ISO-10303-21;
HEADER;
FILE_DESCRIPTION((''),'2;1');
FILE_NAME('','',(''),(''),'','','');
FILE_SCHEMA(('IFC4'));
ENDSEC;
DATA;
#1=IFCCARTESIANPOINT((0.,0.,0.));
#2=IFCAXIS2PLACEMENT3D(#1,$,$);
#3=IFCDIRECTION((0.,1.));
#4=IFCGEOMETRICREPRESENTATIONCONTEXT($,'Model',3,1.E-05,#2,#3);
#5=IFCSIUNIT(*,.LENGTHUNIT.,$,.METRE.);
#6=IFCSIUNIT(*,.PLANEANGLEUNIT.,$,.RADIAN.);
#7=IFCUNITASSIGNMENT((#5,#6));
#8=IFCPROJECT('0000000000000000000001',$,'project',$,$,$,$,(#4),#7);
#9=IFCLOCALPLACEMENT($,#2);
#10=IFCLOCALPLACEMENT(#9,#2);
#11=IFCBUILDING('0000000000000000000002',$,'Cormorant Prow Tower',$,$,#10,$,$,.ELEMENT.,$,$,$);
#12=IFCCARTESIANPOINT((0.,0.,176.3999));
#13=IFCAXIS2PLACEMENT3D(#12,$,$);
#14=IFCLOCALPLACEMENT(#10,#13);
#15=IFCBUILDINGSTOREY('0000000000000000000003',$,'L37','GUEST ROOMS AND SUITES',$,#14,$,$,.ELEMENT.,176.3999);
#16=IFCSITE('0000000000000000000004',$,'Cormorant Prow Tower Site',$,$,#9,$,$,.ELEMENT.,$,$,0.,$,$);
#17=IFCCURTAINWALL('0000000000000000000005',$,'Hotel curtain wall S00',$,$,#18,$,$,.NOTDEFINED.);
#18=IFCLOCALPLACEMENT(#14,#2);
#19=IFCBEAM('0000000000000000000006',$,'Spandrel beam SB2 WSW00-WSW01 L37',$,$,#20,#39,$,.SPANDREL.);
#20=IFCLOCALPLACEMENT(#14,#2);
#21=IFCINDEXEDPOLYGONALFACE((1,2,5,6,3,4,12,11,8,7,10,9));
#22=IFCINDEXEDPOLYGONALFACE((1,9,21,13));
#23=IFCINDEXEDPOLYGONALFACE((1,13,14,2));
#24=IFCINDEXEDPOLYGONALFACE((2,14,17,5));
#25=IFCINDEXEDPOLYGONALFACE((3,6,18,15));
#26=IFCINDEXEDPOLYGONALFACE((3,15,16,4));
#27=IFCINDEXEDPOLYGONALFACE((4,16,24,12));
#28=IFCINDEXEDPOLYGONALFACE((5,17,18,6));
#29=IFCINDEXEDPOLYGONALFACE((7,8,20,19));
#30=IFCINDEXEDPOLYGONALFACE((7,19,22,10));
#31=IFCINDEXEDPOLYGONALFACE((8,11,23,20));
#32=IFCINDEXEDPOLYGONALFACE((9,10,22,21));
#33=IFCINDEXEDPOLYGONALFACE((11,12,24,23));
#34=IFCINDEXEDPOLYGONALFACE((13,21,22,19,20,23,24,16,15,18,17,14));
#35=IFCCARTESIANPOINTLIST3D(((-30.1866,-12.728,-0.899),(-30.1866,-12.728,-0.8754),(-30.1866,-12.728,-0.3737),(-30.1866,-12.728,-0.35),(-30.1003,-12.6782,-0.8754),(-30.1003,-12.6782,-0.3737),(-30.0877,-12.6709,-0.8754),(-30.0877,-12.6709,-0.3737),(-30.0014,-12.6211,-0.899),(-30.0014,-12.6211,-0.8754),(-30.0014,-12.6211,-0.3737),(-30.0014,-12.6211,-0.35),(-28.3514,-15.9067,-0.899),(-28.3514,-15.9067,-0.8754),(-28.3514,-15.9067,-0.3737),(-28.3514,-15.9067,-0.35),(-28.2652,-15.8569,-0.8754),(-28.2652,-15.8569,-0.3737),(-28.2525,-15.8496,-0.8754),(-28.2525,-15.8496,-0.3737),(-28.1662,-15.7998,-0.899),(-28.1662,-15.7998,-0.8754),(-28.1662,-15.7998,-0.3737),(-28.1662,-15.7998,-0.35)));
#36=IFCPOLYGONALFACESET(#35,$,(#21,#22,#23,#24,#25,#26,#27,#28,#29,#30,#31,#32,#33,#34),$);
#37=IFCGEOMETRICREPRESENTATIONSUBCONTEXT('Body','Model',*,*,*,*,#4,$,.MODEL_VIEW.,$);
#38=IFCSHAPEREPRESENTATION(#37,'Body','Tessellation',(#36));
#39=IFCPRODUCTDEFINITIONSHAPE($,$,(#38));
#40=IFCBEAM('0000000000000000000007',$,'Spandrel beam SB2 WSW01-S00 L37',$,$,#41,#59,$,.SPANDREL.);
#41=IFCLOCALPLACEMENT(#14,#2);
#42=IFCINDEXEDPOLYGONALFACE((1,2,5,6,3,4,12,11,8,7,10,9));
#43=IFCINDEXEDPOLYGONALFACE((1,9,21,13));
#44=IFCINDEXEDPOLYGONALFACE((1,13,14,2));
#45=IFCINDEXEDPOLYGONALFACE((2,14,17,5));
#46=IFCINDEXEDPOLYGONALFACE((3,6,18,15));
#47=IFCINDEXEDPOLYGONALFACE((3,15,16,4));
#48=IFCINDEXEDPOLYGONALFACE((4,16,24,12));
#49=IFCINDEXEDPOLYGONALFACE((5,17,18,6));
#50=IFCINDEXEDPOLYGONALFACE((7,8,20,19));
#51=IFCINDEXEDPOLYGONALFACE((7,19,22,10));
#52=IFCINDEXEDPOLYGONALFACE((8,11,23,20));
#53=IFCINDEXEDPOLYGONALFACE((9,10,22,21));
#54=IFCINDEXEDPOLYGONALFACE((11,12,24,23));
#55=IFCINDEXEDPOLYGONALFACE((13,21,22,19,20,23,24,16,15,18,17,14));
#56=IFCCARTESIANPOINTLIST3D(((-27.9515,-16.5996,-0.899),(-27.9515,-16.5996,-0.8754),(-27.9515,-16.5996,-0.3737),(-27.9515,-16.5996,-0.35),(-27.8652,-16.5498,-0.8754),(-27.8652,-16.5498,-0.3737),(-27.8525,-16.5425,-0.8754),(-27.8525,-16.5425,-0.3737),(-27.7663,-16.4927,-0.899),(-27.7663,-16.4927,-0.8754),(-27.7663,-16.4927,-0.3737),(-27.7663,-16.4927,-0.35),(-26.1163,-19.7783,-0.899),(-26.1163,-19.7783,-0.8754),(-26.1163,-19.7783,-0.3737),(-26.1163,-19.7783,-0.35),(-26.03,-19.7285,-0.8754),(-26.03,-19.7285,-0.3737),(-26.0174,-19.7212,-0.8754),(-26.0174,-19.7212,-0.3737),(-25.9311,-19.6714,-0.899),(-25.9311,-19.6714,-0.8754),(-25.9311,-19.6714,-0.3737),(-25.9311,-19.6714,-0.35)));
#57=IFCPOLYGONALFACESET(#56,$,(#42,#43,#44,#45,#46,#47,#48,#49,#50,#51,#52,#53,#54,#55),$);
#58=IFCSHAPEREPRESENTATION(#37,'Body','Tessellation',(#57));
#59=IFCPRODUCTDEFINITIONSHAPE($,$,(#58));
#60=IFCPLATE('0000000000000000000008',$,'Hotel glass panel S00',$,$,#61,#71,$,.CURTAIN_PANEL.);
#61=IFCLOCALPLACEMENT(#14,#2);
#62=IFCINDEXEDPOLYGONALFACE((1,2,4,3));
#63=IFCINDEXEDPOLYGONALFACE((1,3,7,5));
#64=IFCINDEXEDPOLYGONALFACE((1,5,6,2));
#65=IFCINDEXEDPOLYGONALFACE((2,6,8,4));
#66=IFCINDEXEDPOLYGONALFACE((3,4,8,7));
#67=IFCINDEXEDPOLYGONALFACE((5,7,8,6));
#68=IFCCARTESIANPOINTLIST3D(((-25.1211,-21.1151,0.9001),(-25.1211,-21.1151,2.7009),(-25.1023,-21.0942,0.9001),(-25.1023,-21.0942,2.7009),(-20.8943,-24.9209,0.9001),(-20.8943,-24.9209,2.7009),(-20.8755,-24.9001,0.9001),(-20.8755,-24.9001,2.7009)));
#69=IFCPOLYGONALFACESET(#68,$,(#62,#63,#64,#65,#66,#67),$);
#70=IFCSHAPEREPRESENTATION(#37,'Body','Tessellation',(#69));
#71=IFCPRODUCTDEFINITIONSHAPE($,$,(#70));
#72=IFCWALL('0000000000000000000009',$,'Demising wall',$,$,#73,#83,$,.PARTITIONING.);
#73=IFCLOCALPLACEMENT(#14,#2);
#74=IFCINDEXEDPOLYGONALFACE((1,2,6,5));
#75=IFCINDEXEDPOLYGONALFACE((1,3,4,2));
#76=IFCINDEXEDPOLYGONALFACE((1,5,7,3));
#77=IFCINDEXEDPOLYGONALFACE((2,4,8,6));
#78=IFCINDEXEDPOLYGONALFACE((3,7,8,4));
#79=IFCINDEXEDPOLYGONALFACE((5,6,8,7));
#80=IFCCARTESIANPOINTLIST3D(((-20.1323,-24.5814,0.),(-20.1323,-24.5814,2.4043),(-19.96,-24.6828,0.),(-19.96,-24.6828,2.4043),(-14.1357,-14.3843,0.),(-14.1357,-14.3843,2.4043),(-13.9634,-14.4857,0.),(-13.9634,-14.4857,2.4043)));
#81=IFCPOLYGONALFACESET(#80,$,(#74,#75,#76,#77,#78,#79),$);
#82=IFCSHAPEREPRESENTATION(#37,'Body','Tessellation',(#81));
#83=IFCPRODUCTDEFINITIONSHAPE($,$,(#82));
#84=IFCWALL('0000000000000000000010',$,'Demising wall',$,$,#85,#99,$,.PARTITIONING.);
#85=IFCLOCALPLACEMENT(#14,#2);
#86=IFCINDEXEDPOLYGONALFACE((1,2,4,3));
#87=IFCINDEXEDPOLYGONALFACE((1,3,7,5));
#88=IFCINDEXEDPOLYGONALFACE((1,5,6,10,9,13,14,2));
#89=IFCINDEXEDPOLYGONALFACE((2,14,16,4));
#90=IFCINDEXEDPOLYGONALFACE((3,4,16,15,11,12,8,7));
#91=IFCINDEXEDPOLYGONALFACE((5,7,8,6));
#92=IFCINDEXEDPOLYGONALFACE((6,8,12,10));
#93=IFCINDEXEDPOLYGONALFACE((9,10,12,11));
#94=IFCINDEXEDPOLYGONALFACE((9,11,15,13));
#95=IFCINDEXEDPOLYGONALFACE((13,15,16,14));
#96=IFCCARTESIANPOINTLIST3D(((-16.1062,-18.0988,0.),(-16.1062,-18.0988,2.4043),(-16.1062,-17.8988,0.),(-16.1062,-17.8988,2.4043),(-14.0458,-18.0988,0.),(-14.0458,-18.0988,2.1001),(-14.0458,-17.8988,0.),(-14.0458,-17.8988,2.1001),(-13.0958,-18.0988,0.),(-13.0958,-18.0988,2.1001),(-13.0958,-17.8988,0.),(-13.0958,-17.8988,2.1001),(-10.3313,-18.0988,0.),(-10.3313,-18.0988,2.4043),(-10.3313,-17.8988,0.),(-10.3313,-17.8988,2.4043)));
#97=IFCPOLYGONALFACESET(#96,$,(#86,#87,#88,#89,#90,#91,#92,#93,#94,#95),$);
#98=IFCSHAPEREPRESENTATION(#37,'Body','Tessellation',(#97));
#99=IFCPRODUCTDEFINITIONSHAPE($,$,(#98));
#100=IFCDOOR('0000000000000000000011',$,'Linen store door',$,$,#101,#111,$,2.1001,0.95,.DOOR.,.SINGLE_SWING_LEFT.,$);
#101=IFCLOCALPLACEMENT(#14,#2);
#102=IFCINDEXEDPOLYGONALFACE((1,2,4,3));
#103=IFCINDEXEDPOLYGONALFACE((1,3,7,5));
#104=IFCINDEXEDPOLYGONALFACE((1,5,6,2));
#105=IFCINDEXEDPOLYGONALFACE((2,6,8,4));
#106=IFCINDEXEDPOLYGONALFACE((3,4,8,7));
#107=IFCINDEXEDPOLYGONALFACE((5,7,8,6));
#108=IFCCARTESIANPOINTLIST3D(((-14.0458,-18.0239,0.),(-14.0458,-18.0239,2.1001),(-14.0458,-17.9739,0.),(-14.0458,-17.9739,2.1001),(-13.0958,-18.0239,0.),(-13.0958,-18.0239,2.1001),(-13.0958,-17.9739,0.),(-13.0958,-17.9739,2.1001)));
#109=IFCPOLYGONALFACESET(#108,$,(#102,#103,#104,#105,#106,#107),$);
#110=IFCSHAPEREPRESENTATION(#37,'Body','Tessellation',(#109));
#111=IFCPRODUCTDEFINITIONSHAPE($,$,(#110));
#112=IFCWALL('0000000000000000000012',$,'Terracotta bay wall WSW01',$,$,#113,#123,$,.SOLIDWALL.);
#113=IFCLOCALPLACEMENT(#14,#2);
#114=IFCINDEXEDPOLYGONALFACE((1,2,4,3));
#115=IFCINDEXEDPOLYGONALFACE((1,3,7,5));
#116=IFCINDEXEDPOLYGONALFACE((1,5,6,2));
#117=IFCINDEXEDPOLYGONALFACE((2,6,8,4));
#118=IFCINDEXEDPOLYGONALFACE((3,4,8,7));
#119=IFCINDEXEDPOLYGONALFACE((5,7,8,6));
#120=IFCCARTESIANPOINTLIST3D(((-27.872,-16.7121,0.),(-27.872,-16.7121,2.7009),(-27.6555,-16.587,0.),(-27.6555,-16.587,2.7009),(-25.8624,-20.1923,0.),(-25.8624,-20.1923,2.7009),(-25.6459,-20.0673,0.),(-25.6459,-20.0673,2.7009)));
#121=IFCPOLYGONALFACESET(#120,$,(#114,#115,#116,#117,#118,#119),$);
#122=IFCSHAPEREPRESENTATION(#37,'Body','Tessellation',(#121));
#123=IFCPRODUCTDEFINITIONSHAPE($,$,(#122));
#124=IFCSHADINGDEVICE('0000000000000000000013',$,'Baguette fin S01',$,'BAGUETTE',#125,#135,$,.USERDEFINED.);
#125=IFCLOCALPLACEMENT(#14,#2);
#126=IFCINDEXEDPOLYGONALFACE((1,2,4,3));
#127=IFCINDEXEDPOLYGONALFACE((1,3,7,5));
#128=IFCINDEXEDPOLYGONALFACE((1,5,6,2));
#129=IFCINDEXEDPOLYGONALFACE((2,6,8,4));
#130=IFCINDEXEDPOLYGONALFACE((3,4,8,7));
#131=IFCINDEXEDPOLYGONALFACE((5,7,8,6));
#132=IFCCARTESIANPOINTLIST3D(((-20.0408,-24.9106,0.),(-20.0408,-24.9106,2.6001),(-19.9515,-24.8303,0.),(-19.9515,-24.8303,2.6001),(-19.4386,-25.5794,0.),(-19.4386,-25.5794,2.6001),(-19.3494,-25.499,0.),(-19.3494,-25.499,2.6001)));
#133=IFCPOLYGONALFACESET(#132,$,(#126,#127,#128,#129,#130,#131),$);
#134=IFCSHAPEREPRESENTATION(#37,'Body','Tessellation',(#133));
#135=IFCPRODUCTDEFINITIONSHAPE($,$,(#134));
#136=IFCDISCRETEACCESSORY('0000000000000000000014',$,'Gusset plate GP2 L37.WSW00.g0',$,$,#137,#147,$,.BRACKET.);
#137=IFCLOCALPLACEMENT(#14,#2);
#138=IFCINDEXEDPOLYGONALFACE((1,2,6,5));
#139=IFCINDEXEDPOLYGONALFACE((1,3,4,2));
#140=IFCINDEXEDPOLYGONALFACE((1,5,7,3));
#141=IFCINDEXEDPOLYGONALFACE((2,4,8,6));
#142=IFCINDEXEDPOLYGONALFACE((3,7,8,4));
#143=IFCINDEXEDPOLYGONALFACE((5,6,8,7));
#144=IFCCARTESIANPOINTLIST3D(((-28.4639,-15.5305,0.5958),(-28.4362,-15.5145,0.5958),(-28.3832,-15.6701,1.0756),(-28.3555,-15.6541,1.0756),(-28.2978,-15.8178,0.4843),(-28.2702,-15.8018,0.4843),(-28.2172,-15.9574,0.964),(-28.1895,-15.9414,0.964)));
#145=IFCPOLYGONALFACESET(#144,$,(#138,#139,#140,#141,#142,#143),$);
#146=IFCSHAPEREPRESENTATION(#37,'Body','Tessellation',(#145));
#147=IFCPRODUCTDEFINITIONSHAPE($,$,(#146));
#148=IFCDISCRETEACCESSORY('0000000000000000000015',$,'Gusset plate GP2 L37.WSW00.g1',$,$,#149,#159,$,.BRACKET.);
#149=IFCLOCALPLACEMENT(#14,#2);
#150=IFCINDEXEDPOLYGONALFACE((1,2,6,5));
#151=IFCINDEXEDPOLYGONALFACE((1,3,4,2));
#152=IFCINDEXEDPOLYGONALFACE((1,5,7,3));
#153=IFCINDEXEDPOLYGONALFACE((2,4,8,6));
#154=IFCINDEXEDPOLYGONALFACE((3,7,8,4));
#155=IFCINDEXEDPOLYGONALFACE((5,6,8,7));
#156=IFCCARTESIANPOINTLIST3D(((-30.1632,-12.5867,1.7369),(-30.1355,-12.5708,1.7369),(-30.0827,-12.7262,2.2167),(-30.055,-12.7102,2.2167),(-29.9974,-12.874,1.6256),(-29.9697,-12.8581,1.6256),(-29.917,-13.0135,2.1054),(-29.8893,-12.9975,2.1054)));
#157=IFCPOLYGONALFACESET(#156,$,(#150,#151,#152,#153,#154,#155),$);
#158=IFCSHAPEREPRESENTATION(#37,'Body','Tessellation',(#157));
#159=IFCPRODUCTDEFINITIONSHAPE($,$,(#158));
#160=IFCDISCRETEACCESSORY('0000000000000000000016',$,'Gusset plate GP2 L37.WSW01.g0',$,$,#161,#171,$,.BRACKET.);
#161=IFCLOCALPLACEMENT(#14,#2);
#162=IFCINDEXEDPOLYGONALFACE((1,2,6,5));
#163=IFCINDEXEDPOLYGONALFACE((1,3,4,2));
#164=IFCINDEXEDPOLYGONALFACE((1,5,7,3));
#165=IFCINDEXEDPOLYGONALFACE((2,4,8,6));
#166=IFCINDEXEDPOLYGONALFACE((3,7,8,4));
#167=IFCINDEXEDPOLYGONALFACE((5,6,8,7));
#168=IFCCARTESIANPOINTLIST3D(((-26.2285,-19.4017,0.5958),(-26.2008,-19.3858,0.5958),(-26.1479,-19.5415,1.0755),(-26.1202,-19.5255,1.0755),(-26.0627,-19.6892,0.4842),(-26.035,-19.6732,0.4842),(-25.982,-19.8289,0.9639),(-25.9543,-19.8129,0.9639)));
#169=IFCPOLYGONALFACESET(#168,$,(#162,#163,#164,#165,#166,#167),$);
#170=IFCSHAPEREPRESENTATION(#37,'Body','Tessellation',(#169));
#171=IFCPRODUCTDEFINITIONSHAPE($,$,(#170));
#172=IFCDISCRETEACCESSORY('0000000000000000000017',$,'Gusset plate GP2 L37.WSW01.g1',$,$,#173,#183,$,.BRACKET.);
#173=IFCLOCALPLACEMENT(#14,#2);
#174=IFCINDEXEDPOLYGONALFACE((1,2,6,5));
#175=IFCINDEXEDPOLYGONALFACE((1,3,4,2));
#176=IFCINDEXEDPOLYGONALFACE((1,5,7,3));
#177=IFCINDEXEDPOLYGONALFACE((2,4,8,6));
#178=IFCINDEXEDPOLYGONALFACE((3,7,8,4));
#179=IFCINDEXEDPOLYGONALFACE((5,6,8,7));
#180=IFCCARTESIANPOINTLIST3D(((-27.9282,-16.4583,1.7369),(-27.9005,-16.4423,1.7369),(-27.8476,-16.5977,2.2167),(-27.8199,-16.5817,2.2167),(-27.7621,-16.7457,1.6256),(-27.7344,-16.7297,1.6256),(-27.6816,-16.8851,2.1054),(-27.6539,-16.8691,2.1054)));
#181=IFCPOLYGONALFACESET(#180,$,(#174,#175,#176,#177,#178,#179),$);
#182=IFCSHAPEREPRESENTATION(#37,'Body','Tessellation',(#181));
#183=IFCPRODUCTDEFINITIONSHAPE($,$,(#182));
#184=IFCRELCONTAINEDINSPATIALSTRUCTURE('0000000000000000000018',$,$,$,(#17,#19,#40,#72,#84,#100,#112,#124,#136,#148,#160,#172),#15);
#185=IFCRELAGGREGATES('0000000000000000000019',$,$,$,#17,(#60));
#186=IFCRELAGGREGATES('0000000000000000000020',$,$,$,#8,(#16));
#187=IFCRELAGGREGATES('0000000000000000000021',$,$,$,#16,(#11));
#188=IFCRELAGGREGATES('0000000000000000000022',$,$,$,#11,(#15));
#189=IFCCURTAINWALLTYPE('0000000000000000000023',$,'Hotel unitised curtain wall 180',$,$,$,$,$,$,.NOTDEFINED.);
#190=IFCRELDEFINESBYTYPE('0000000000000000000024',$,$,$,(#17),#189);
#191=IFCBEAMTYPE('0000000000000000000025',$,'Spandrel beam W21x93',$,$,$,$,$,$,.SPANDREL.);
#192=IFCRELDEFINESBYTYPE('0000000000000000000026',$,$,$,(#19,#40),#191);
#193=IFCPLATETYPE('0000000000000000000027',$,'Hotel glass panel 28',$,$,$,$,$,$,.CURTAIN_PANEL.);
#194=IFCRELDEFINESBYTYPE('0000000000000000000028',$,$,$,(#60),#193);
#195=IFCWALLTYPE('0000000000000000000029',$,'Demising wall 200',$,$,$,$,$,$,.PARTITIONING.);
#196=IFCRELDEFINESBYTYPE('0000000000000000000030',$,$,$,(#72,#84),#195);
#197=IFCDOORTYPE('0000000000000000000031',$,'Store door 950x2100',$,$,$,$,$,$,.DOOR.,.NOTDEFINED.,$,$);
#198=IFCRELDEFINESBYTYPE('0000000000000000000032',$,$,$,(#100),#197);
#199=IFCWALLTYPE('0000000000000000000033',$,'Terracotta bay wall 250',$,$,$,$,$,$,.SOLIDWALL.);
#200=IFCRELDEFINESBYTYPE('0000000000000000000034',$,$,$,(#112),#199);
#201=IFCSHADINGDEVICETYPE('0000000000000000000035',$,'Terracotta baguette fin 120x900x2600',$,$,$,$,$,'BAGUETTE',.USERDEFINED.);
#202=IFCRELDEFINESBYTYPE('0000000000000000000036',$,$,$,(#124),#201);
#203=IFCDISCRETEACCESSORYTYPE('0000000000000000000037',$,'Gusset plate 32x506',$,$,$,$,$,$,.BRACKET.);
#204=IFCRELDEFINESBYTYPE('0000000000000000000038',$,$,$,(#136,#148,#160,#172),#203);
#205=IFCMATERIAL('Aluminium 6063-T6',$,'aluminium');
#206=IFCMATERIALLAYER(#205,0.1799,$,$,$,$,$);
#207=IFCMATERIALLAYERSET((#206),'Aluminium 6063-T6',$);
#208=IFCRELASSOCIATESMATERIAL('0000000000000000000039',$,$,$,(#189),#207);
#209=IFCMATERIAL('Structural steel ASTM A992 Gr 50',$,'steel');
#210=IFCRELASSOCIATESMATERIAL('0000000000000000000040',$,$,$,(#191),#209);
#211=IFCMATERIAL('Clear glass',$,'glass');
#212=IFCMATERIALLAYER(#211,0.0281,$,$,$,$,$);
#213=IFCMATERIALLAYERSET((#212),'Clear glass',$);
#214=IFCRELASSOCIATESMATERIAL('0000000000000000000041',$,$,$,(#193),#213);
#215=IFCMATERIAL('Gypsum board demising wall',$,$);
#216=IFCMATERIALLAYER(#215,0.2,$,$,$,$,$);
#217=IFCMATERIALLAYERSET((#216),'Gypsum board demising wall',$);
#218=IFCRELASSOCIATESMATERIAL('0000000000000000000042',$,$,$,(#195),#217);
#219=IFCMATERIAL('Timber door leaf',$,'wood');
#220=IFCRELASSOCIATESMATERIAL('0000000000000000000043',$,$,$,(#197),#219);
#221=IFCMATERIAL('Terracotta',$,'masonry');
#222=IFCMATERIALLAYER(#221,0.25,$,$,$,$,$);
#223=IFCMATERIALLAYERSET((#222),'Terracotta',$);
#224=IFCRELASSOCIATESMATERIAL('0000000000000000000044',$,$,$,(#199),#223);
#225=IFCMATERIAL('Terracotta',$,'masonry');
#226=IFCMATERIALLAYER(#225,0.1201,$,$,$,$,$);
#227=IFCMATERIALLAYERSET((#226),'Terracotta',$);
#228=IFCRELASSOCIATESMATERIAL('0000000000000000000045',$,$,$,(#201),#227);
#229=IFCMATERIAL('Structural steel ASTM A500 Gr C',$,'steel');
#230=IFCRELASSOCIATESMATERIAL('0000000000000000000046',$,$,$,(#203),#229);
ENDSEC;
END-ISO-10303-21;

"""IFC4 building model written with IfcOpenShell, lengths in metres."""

from ifc_helpers import new_model, si_unit, direction, frame, frame_2d, origin, origin_2d, place, context, subcontext, project, spatial, rectangle, i_section, extrude, material, layer, layer_set, material_profile, profile_set, type_object, element, fill, aggregate, save


model = new_model("IFC4")

# Units and contexts
model_context = context("Model", 3, precision=1e-05, world=origin(), true_north=direction((0.0, 1.0)))
body_context = subcontext(model_context, "Body", "Model", "MODEL_VIEW")
ifc_project = project(units=[si_unit("LENGTHUNIT", "METRE"), si_unit("PLANEANGLEUNIT", "RADIAN")], contexts=[model_context])

# Site, building, storey
site_placement = place(None, origin())
site = spatial("IfcSite", under=ifc_project, at=site_placement, Name="Cormorant Prow Tower Site", CompositionType="ELEMENT", RefElevation=0.0)
building_placement = place(site_placement, origin())
building = spatial("IfcBuilding", under=site, at=building_placement, Name="Cormorant Prow Tower", CompositionType="ELEMENT")
storey_placement = place(building_placement, frame((0.0, 0.0, 176.3999)))
storey = spatial("IfcBuildingStorey", under=building, at=storey_placement, Name="L37", Description="GUEST ROOMS AND SUITES", CompositionType="ELEMENT", Elevation=176.3999)

# Curtain wall
ifc_material_1 = material(Name="Aluminium 6063-T6", Category="aluminium")
ifc_layer_1 = layer(ifc_material_1, 0.1799)
ifc_layer_set_1 = layer_set([ifc_layer_1], Name="Aluminium 6063-T6")
curtain_wall_type = type_object("IfcCurtainWallType", Name="Hotel unitised curtain wall 180", PredefinedType="NOTDEFINED", material=ifc_layer_set_1)
curtain_wall_placement = place(storey_placement, origin())
curtain_wall = element("IfcCurtainWall", 1, at=curtain_wall_placement, inside=storey, type_object=curtain_wall_type, Name="Hotel curtain wall S00", PredefinedType="NOTDEFINED")

# Beams
ifc_material_2 = material(Name="Structural steel ASTM A992 Gr 50", Category="steel")
ifc_material_profile_1 = material_profile(ifc_material_2, i_section(OverallWidth=0.2139, OverallDepth=0.5491, WebThickness=0.0146, FlangeThickness=0.0237, at=origin_2d()), Name="W21x93")
ifc_profile_set_1 = profile_set([ifc_material_profile_1], Name="Structural steel ASTM A992 Gr 50")
beam_type = type_object("IfcBeamType", Name="Spandrel beam W21x93", PredefinedType="SPANDREL", material=ifc_profile_set_1)
for number, where, z_axis, x_axis, name in (
    (2, (-30.094, -12.6746, -0.6245), (0.499995, -0.866028, 0.0), (0.866028, 0.499995, 0.0), "Spandrel beam SB2 WSW00-WSW01 L37"),
    (3, (-27.8589, -16.5461, -0.6245), (0.499995, -0.866028, 0.0), (0.866028, 0.499995, 0.0), "Spandrel beam SB2 WSW01-S00 L37"),
):
    element("IfcBeam", number, at=place(storey_placement, frame(where, z_axis=z_axis, x_axis=x_axis)), inside=storey, type_object=beam_type, Name=name, PredefinedType="SPANDREL", context=body_context, shape_type="SweptSolid", body=[
        extrude(i_section(OverallWidth=0.2139, OverallDepth=0.5491, WebThickness=0.0146, FlangeThickness=0.0237, at=origin_2d()), origin(), (0.0, 0.0, 1.0), 3.6704),
    ])

# Plate
ifc_material_3 = material(Name="Clear glass", Category="glass")
ifc_layer_2 = layer(ifc_material_3, 0.0281)
ifc_layer_set_2 = layer_set([ifc_layer_2], Name="Clear glass")
plate_type = type_object("IfcPlateType", Name="Hotel glass panel 28", PredefinedType="CURTAIN_PANEL", material=ifc_layer_set_2)
plate_placement = place(storey_placement, frame((-22.9983, -23.0076, 0.9001), z_axis=(0.0, 0.0, 1.0), x_axis=(0.743145, -0.66913, 0.0)))
plate = element("IfcPlate", 4, at=plate_placement, type_object=plate_type, Name="Hotel glass panel S00", PredefinedType="CURTAIN_PANEL", context=body_context, shape_type="SweptSolid", body=[
    extrude(rectangle(XDim=5.6877, YDim=0.0281, at=origin_2d()), origin(), (0.0, 0.0, 1.0), 1.8008),
])
aggregate(curtain_wall, [plate])

# Wall
ifc_material_4 = material(Name="Gypsum board demising wall")
ifc_layer_3 = layer(ifc_material_4, 0.2)
ifc_layer_set_3 = layer_set([ifc_layer_3], Name="Gypsum board demising wall")
wall_type_1 = type_object("IfcWallType", Name="Demising wall 200", PredefinedType="PARTITIONING", material=ifc_layer_set_3)
wall_1_placement = place(storey_placement, frame((-20.0461, -24.6321, 0.0), z_axis=(0.0, 0.0, 1.0), x_axis=(0.506915, 0.861996, 0.0)))
element("IfcWall", 5, at=wall_1_placement, inside=storey, type_object=wall_type_1, Name="Demising wall", PredefinedType="PARTITIONING", context=body_context, shape_type="SweptSolid", body=[
    extrude(rectangle(XDim=11.8296, YDim=0.2, at=frame_2d((5.9148, 0.0))), origin(), (0.0, 0.0, 1.0), 2.4043),
])

# Wall, opening, door
wall_2_placement = place(storey_placement, frame((-16.1062, -17.9988, 0.0), z_axis=(0.0, 0.0, 1.0), x_axis=(1.0, 0.0, 0.0)))
wall_2 = element("IfcWall", 6, at=wall_2_placement, inside=storey, type_object=wall_type_1, Name="Demising wall", PredefinedType="PARTITIONING", context=body_context, shape_type="SweptSolid", body=[
    extrude(rectangle(XDim=5.7749, YDim=0.2, at=frame_2d((2.8875, 0.0))), origin(), (0.0, 0.0, 1.0), 2.4043),
])
opening_1_placement = place(wall_2_placement, frame((2.0603, 0.0, 0.0)))
opening_1 = element("IfcOpeningElement", 7, at=opening_1_placement, cuts=wall_2, PredefinedType="OPENING", context=body_context, shape_type="SweptSolid", body=[
    extrude(rectangle(XDim=0.95, YDim=2.1001, at=frame_2d((0.4751, 1.05))), frame((0.0, 0.1099, 0.0), z_axis=(0.0, -1.0, 0.0), x_axis=(1.0, 0.0, 0.0)), (0.0, 0.0, 1.0), 0.22),
])
ifc_material_5 = material(Name="Timber door leaf", Category="wood")
door_type_1 = type_object("IfcDoorType", Name="Store door 950x2100", OperationType="NOTDEFINED", PredefinedType="DOOR", material=ifc_material_5)
door_1_placement = place(opening_1_placement, origin())
door_1 = element("IfcDoor", 8, at=door_1_placement, inside=storey, type_object=door_type_1, Name="Linen store door", OperationType="SINGLE_SWING_LEFT", OverallHeight=2.1001, OverallWidth=0.95, PredefinedType="DOOR", context=body_context, shape_type="SweptSolid", body=[
    extrude(rectangle(XDim=0.95, YDim=2.1001, at=frame_2d((0.4751, 1.05))), frame((0.0, 0.0249, 0.0), z_axis=(0.0, -1.0, 0.0), x_axis=(1.0, 0.0, 0.0)), (0.0, 0.0, 1.0), 0.05),
])
fill(opening_1, door_1)

# Wall
ifc_material_6 = material(Name="Terracotta", Category="masonry")
ifc_layer_4 = layer(ifc_material_6, 0.25)
ifc_layer_set_4 = layer_set([ifc_layer_4], Name="Terracotta")
wall_type_2 = type_object("IfcWallType", Name="Terracotta bay wall 250", PredefinedType="SOLIDWALL", material=ifc_layer_set_4)
wall_3_placement = place(storey_placement, frame((-27.7637, -16.6497, 0.0), z_axis=(0.0, 0.0, 1.0), x_axis=(0.50004, -0.866002, 0.0)))
element("IfcWall", 9, at=wall_3_placement, inside=storey, type_object=wall_type_2, Name="Terracotta bay wall WSW01", PredefinedType="SOLIDWALL", context=body_context, shape_type="SweptSolid", body=[
    extrude(rectangle(XDim=4.0188, YDim=0.25, at=frame_2d((2.0093, 0.0))), origin(), (0.0, 0.0, 1.0), 2.7009),
])

# Shading device
ifc_material_7 = material(Name="Terracotta", Category="masonry")
ifc_layer_5 = layer(ifc_material_7, 0.1201)
ifc_layer_set_5 = layer_set([ifc_layer_5], Name="Terracotta")
shading_device_type = type_object("IfcShadingDeviceType", Name="Terracotta baguette fin 120x900x2600", ElementType="BAGUETTE", PredefinedType="USERDEFINED", material=ifc_layer_set_5)
shading_device_placement = place(storey_placement, frame((-19.6951, -25.2048, 0.0), z_axis=(0.0, 0.0, 1.0), x_axis=(0.743145, 0.669131, 0.0)))
element("IfcShadingDevice", 10, at=shading_device_placement, inside=storey, type_object=shading_device_type, Name="Baguette fin S01", ObjectType="BAGUETTE", PredefinedType="USERDEFINED", context=body_context, shape_type="SweptSolid", body=[
    extrude(rectangle(XDim=0.1201, YDim=0.8999, at=origin_2d()), origin(), (0.0, 0.0, 1.0), 2.6001),
])

# Discrete accessories
ifc_material_8 = material(Name="Structural steel ASTM A500 Gr C", Category="steel")
ifc_material_profile_2 = material_profile(ifc_material_8, rectangle(XDim=0.032, YDim=0.5061, at=origin_2d()), Name="Gusset plate 32x506")
ifc_profile_set_2 = profile_set([ifc_material_profile_2], Name="Structural steel ASTM A500 Gr C")
discrete_accessory_type = type_object("IfcDiscreteAccessoryType", Name="Gusset plate 32x506", PredefinedType="BRACKET", material=ifc_profile_set_2)
discrete_accessory_1_placement = place(storey_placement, frame((-28.4097, -15.5923, 0.8357), z_axis=(0.474172, -0.820737, -0.318672), x_axis=(0.865879, 0.500253, 0.0)))
element("IfcDiscreteAccessory", 11, at=discrete_accessory_1_placement, inside=storey, type_object=discrete_accessory_type, Name="Gusset plate GP2 L37.WSW00.g0", PredefinedType="BRACKET", context=body_context, shape_type="SweptSolid", body=[
    extrude(rectangle(XDim=0.032, YDim=0.5061, at=origin_2d()), origin(), (0.0, 0.0, 1.0), 0.3501),
])
discrete_accessory_2_placement = place(storey_placement, frame((-29.9434, -12.9358, 1.8655), z_axis=(-0.473737, 0.82119, 0.31815), x_axis=(-0.866198, -0.499701, 0.0)))
element("IfcDiscreteAccessory", 12, at=discrete_accessory_2_placement, inside=storey, type_object=discrete_accessory_type, Name="Gusset plate GP2 L37.WSW00.g1", PredefinedType="BRACKET", context=body_context, shape_type="SweptSolid", body=[
    extrude(rectangle(XDim=0.032, YDim=0.5061, at=origin_2d()), origin(), (0.0, 0.0, 1.0), 0.3499),
])
for number, where, z_axis, x_axis, name in (
    (13, (-26.1743, -19.4636, 0.8357), (0.473632, -0.821008, -0.318777), (0.866198, 0.499701, 0.0), "Gusset plate GP2 L37.WSW01.g0"),
    (14, (-27.708, -16.8074, 1.8655), (-0.474278, 0.820919, 0.318045), (-0.865879, -0.500253, 0.0), "Gusset plate GP2 L37.WSW01.g1"),
):
    element("IfcDiscreteAccessory", number, at=place(storey_placement, frame(where, z_axis=z_axis, x_axis=x_axis)), inside=storey, type_object=discrete_accessory_type, Name=name, PredefinedType="BRACKET", context=body_context, shape_type="SweptSolid", body=[
        extrude(rectangle(XDim=0.032, YDim=0.5061, at=origin_2d()), origin(), (0.0, 0.0, 1.0), 0.3501),
    ])

save(model, "model.ifc")
